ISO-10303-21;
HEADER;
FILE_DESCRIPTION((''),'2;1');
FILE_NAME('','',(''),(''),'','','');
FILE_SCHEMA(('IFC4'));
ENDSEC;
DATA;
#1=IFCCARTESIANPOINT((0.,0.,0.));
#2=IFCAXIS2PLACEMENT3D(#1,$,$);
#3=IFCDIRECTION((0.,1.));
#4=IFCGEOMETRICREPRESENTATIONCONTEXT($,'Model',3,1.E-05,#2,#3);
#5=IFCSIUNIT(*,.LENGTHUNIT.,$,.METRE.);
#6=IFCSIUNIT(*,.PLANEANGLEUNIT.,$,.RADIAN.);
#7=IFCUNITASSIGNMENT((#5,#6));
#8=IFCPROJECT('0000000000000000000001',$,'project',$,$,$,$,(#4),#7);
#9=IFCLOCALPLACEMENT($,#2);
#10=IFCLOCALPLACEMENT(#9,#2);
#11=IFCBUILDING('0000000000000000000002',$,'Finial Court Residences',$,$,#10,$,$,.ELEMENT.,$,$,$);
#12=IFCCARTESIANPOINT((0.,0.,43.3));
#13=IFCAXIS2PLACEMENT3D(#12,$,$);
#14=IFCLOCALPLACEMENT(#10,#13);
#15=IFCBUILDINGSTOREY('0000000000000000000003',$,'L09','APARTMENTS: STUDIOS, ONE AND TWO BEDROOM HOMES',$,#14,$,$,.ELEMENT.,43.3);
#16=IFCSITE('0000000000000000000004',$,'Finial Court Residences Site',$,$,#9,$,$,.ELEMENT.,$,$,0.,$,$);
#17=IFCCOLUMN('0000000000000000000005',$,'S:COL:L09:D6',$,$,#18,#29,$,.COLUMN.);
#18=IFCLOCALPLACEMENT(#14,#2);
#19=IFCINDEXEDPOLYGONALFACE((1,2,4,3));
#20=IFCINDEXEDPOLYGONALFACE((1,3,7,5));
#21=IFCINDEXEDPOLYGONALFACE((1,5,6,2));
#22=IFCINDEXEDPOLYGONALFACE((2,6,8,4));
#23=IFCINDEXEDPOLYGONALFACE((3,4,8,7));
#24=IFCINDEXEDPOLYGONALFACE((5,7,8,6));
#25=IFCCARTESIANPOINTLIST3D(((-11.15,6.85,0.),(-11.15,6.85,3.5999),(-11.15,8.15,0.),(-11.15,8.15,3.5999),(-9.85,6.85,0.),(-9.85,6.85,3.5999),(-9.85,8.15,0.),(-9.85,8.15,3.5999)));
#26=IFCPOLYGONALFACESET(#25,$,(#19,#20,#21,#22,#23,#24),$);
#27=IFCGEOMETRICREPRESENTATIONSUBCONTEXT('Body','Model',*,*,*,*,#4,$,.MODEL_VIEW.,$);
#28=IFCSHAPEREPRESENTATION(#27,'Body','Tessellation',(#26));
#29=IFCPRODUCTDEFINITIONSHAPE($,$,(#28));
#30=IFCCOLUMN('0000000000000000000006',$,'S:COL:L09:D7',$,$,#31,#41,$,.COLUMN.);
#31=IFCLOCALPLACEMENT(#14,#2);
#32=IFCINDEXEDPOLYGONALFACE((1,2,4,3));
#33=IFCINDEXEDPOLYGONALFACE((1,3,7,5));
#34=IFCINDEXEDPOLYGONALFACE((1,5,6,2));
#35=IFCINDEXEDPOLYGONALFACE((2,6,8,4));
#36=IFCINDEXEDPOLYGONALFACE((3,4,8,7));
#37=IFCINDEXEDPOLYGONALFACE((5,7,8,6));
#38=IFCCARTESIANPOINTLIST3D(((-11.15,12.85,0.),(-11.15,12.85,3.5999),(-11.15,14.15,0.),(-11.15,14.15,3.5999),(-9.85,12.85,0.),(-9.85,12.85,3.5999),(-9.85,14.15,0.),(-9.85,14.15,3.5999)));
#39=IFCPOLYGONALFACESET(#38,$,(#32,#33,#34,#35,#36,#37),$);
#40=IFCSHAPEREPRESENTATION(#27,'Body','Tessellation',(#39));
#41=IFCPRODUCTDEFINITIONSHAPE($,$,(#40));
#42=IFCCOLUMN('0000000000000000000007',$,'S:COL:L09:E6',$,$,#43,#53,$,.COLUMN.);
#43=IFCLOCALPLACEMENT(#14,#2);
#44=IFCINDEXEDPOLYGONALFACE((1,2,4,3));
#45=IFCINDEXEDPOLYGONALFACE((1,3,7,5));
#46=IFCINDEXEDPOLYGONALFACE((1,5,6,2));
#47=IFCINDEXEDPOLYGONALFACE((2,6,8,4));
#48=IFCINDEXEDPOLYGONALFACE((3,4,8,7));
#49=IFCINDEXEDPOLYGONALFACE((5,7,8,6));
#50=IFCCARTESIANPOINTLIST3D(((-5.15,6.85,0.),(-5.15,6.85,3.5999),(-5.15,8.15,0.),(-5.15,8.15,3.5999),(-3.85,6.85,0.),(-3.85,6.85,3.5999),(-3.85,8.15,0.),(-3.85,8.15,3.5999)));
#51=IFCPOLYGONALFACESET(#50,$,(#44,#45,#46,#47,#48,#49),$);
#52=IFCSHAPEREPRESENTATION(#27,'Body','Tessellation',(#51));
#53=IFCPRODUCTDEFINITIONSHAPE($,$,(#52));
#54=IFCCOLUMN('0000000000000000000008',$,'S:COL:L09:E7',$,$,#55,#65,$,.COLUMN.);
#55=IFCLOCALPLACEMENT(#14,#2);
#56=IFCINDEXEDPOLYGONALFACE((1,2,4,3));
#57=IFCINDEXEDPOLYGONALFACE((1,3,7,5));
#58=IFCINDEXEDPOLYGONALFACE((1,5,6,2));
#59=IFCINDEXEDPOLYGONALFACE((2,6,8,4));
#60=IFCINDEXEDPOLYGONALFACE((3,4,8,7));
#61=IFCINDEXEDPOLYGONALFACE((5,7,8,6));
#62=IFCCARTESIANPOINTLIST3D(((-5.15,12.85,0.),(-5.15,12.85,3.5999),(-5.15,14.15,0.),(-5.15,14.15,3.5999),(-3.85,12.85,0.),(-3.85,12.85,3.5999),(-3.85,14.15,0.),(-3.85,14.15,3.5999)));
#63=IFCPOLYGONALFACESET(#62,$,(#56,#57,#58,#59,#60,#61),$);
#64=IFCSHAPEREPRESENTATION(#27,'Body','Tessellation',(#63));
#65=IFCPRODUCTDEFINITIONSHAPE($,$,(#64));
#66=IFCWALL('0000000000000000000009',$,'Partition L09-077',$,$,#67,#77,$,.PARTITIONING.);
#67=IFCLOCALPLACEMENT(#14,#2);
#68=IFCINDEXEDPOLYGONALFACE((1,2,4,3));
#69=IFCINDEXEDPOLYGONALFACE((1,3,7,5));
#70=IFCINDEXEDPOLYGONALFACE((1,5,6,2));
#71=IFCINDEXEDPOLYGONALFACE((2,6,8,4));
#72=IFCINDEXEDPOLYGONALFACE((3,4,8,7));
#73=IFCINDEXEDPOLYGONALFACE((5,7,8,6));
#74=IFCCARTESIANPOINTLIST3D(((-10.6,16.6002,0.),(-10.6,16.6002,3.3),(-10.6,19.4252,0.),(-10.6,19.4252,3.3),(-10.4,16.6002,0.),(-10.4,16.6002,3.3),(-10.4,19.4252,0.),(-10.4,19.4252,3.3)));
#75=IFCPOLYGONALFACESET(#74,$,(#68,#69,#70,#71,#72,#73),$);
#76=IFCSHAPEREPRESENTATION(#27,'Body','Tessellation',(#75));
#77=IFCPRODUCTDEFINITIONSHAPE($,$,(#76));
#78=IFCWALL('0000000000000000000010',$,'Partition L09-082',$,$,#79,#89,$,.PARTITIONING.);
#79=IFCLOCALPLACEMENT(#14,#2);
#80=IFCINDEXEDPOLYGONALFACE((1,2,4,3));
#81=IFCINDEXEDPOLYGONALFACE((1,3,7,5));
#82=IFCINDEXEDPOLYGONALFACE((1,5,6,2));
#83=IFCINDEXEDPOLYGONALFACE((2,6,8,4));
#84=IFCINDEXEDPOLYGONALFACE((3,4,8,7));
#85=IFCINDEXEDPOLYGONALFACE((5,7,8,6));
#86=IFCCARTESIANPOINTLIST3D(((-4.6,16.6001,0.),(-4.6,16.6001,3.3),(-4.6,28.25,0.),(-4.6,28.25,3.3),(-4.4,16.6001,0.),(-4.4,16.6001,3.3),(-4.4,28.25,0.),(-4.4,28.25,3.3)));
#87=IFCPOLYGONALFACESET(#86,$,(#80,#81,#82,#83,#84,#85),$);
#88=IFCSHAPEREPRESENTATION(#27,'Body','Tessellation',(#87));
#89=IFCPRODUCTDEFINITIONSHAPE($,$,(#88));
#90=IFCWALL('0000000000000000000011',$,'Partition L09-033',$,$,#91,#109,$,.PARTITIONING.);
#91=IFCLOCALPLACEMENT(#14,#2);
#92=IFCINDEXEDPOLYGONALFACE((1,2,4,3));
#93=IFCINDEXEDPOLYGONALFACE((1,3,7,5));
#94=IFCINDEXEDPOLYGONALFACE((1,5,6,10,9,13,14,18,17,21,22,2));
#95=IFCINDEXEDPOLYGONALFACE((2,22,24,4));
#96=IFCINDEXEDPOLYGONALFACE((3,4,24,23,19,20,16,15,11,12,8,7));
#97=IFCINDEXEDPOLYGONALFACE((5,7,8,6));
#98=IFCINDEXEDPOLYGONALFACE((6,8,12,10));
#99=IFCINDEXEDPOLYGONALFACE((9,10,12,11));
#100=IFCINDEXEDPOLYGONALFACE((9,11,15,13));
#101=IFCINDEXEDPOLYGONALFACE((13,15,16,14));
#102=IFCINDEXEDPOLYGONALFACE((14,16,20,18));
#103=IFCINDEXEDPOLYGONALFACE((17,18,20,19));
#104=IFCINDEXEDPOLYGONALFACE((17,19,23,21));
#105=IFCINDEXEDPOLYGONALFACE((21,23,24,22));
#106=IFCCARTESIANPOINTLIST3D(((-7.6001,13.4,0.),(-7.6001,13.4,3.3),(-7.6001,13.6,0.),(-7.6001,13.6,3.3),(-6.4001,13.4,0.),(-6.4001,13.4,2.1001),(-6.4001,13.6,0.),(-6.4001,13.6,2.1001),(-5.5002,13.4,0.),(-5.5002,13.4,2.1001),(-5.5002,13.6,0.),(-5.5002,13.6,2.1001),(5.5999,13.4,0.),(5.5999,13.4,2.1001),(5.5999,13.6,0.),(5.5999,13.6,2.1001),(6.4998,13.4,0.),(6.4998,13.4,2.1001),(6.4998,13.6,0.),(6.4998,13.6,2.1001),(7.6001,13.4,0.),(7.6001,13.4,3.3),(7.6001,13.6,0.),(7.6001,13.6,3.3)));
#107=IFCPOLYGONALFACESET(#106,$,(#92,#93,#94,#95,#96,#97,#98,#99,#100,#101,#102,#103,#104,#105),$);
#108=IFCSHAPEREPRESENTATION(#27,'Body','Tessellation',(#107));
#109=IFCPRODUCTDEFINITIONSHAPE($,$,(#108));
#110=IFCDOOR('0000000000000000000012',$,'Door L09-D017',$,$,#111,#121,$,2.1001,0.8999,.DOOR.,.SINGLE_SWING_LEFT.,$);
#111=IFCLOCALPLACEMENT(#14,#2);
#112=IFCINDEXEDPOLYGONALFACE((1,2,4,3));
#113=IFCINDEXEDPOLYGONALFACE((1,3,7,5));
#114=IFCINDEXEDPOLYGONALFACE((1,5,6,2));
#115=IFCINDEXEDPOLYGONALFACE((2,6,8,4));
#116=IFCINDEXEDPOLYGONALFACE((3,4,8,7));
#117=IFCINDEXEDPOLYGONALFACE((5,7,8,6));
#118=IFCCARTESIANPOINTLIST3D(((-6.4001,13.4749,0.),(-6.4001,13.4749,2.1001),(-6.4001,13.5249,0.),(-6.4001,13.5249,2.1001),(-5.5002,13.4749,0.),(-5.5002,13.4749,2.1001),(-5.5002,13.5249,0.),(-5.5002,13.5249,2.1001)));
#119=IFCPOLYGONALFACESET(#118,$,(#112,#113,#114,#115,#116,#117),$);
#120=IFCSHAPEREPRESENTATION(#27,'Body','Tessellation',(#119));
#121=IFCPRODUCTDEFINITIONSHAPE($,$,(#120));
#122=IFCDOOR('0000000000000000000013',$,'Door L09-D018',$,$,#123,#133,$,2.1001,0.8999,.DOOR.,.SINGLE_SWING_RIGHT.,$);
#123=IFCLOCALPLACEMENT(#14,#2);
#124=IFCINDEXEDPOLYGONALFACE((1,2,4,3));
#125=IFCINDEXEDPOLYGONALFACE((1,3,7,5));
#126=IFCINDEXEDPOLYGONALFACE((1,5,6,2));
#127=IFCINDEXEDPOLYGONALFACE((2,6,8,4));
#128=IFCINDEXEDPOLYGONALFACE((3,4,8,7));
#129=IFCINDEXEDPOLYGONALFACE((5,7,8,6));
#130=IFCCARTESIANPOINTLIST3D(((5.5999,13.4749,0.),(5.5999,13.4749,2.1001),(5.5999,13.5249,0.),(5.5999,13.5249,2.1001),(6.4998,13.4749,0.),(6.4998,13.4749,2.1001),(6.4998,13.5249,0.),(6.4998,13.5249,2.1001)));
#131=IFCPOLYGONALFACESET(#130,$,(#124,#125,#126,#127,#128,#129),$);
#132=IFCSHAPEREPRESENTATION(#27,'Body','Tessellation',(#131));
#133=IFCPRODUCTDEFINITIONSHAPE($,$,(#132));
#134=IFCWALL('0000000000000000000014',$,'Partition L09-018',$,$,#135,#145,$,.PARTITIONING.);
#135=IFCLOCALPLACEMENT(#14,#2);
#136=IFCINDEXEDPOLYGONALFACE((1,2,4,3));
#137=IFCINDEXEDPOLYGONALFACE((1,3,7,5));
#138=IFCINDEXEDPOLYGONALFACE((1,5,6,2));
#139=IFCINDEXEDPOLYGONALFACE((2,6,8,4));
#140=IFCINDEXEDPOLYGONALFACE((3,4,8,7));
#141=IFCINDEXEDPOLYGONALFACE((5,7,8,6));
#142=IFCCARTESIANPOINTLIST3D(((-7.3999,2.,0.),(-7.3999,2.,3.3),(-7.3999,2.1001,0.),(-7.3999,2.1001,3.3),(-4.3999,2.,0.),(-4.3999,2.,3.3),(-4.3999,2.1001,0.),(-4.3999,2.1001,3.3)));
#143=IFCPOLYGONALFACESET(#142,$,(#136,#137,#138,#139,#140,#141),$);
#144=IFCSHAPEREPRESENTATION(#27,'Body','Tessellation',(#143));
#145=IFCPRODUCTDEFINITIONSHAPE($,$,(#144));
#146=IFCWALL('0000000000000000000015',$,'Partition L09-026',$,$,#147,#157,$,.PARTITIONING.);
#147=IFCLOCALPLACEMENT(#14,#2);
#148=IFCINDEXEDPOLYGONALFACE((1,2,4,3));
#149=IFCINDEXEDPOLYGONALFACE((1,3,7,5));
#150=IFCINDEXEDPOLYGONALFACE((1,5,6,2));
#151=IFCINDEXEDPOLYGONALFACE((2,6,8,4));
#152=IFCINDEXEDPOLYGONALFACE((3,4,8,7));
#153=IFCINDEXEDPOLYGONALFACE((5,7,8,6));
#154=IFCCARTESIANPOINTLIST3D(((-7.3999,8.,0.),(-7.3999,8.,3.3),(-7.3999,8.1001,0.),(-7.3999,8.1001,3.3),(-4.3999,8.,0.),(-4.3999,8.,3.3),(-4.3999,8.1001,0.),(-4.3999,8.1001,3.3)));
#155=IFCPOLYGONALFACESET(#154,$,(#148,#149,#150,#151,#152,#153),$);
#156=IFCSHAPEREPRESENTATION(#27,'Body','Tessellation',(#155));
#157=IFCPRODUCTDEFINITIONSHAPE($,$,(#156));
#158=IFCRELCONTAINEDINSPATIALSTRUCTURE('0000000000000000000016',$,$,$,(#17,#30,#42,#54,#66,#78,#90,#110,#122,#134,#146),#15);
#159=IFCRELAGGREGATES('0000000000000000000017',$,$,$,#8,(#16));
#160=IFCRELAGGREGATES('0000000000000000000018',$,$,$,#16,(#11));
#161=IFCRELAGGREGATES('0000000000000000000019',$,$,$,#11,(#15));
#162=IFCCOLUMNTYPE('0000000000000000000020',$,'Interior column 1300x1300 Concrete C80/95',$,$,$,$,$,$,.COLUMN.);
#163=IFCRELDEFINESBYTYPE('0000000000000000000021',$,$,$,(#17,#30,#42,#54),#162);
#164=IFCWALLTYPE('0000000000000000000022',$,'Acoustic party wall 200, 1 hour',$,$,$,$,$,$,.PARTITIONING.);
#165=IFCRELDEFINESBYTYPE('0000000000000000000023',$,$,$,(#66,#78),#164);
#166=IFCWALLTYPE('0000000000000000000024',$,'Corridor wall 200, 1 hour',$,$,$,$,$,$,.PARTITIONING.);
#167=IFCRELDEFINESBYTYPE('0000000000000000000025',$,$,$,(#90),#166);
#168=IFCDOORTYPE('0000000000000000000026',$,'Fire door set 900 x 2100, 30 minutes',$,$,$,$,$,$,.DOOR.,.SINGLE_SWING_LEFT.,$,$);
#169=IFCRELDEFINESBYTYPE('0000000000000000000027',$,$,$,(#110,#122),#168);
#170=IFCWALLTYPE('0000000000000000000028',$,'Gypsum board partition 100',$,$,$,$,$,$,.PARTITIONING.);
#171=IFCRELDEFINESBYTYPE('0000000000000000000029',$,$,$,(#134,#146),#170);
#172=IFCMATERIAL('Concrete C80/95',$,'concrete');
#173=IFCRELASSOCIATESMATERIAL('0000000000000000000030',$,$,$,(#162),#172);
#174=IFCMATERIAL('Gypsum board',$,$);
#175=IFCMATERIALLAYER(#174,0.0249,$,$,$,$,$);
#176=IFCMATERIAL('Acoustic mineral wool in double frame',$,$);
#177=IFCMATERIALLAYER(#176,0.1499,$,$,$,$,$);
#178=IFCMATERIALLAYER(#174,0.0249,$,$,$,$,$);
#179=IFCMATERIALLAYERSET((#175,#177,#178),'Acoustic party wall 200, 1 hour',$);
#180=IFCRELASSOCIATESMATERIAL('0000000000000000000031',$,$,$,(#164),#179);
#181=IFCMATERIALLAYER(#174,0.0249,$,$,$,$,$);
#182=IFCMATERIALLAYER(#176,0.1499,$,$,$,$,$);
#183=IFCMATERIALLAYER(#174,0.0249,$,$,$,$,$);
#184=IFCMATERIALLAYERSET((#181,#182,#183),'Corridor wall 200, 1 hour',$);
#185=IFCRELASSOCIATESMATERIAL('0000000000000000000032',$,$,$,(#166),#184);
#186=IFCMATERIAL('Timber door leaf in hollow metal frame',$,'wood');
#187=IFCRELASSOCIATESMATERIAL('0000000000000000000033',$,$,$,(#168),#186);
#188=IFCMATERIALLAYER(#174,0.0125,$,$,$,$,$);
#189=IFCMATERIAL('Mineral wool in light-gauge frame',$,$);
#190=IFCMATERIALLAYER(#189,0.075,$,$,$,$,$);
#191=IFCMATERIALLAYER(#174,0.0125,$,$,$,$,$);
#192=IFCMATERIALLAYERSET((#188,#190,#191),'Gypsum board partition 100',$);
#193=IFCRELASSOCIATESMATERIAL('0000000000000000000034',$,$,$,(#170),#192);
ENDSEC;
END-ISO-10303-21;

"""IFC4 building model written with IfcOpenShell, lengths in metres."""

from ifc_helpers import new_model, si_unit, direction, frame, frame_2d, origin, origin_2d, place, context, subcontext, project, spatial, rectangle, extrude, material, layer, layer_set, material_profile, profile_set, type_object, element, fill, save


model = new_model("IFC4")

# Units and contexts
model_context = context("Model", 3, precision=1e-05, world=origin(), true_north=direction((0.0, 1.0)))
body_context = subcontext(model_context, "Body", "Model", "MODEL_VIEW")
ifc_project = project(units=[si_unit("LENGTHUNIT", "METRE"), si_unit("PLANEANGLEUNIT", "RADIAN")], contexts=[model_context])

# Site, building, storey
site_placement = place(None, origin())
site = spatial("IfcSite", under=ifc_project, at=site_placement, Name="Finial Court Residences Site", CompositionType="ELEMENT", RefElevation=0.0)
building_placement = place(site_placement, origin())
building = spatial("IfcBuilding", under=site, at=building_placement, Name="Finial Court Residences", CompositionType="ELEMENT")
storey_placement = place(building_placement, frame((0.0, 0.0, 43.3)))
storey = spatial("IfcBuildingStorey", under=building, at=storey_placement, Name="L09", Description="APARTMENTS: STUDIOS, ONE AND TWO BEDROOM HOMES", CompositionType="ELEMENT", Elevation=43.3)

# Columns
ifc_material_1 = material(Name="Concrete C80/95", Category="concrete")
ifc_material_profile = material_profile(ifc_material_1, rectangle(XDim=1.3, YDim=1.3, at=origin_2d()), Name="1300x1300")
ifc_profile_set = profile_set([ifc_material_profile], Name="Concrete C80/95")
column_type = type_object("IfcColumnType", Name="Interior column 1300x1300 Concrete C80/95", PredefinedType="COLUMN", material=ifc_profile_set)
for number, where, z_axis, x_axis, name in (
    (1, (-10.5, 7.5, 0.0), (0.0, 0.0, 1.0), (1.0, 0.0, 0.0), "S:COL:L09:D6"),
    (2, (-10.5, 13.5, 0.0), (0.0, 0.0, 1.0), (1.0, 0.0, 0.0), "S:COL:L09:D7"),
    (3, (-4.5, 7.5, 0.0), (0.0, 0.0, 1.0), (1.0, 0.0, 0.0), "S:COL:L09:E6"),
    (4, (-4.5, 13.5, 0.0), (0.0, 0.0, 1.0), (1.0, 0.0, 0.0), "S:COL:L09:E7"),
):
    element("IfcColumn", number, at=place(storey_placement, frame(where, z_axis=z_axis, x_axis=x_axis)), inside=storey, type_object=column_type, Name=name, PredefinedType="COLUMN", context=body_context, shape_type="SweptSolid", body=[
        extrude(rectangle(XDim=1.3, YDim=1.3, at=origin_2d()), origin(), (0.0, 0.0, 1.0), 3.5999),
    ])

# Walls
ifc_material_2 = material(Name="Gypsum board")
ifc_layer_1 = layer(ifc_material_2, 0.0249)
ifc_material_3 = material(Name="Acoustic mineral wool in double frame")
ifc_layer_2 = layer(ifc_material_3, 0.1499)
ifc_layer_3 = layer(ifc_material_2, 0.0249)
ifc_layer_set_1 = layer_set([ifc_layer_1, ifc_layer_2, ifc_layer_3], Name="Acoustic party wall 200, 1 hour")
wall_type_1 = type_object("IfcWallType", Name="Acoustic party wall 200, 1 hour", PredefinedType="PARTITIONING", material=ifc_layer_set_1)
wall_1_placement = place(storey_placement, frame((-10.5, 16.6001, 0.0), z_axis=(0.0, 0.0, 1.0), x_axis=(0.0, 1.0, 0.0)))
element("IfcWall", 5, at=wall_1_placement, inside=storey, type_object=wall_type_1, Name="Partition L09-077", PredefinedType="PARTITIONING", context=body_context, shape_type="SweptSolid", body=[
    extrude(rectangle(XDim=2.825, YDim=0.2, at=frame_2d((1.4126, 0.0))), origin(), (0.0, 0.0, 1.0), 3.3),
])
wall_2_placement = place(storey_placement, frame((-4.5, 16.6001, 0.0), z_axis=(0.0, 0.0, 1.0), x_axis=(0.0, 1.0, 0.0)))
element("IfcWall", 6, at=wall_2_placement, inside=storey, type_object=wall_type_1, Name="Partition L09-082", PredefinedType="PARTITIONING", context=body_context, shape_type="SweptSolid", body=[
    extrude(rectangle(XDim=11.6499, YDim=0.2, at=frame_2d((5.825, 0.0))), origin(), (0.0, 0.0, 1.0), 3.3),
])

# Wall, openings, doors
ifc_layer_4 = layer(ifc_material_2, 0.0249)
ifc_layer_5 = layer(ifc_material_3, 0.1499)
ifc_layer_6 = layer(ifc_material_2, 0.0249)
ifc_layer_set_2 = layer_set([ifc_layer_4, ifc_layer_5, ifc_layer_6], Name="Corridor wall 200, 1 hour")
wall_type_2 = type_object("IfcWallType", Name="Corridor wall 200, 1 hour", PredefinedType="PARTITIONING", material=ifc_layer_set_2)
wall_3_placement = place(storey_placement, frame((-7.6001, 13.5, 0.0), z_axis=(0.0, 0.0, 1.0), x_axis=(1.0, 0.0, 0.0)))
wall_3 = element("IfcWall", 7, at=wall_3_placement, inside=storey, type_object=wall_type_2, Name="Partition L09-033", PredefinedType="PARTITIONING", context=body_context, shape_type="SweptSolid", body=[
    extrude(rectangle(XDim=15.2002, YDim=0.2, at=frame_2d((7.6001, 0.0))), origin(), (0.0, 0.0, 1.0), 3.3),
])
opening_1_placement = place(wall_3_placement, frame((1.2, 0.0, 0.0)))
opening_1 = element("IfcOpeningElement", 8, at=opening_1_placement, cuts=wall_3, PredefinedType="OPENING", context=body_context, shape_type="SweptSolid", body=[
    extrude(rectangle(XDim=0.8999, YDim=2.1001, at=frame_2d((0.45, 1.05))), frame((0.0, 0.1099, 0.0), z_axis=(0.0, -1.0, 0.0), x_axis=(1.0, 0.0, 0.0)), (0.0, 0.0, 1.0), 0.22),
])
opening_2_placement = place(wall_3_placement, frame((13.2, 0.0, 0.0)))
opening_2 = element("IfcOpeningElement", 9, at=opening_2_placement, cuts=wall_3, PredefinedType="OPENING", context=body_context, shape_type="SweptSolid", body=[
    extrude(rectangle(XDim=0.8999, YDim=2.1001, at=frame_2d((0.45, 1.05))), frame((0.0, 0.1099, 0.0), z_axis=(0.0, -1.0, 0.0), x_axis=(1.0, 0.0, 0.0)), (0.0, 0.0, 1.0), 0.22),
])
ifc_material_4 = material(Name="Timber door leaf in hollow metal frame", Category="wood")
door_type_1 = type_object("IfcDoorType", Name="Fire door set 900 x 2100, 30 minutes", OperationType="SINGLE_SWING_LEFT", PredefinedType="DOOR", material=ifc_material_4)
door_1_placement = place(opening_1_placement, origin())
door_1 = element("IfcDoor", 10, at=door_1_placement, inside=storey, type_object=door_type_1, Name="Door L09-D017", OperationType="SINGLE_SWING_LEFT", OverallHeight=2.1001, OverallWidth=0.8999, PredefinedType="DOOR", context=body_context, shape_type="SweptSolid", body=[
    extrude(rectangle(XDim=0.8999, YDim=2.1001, at=frame_2d((0.45, 1.05))), frame((0.0, 0.0249, 0.0), z_axis=(0.0, -1.0, 0.0), x_axis=(1.0, 0.0, 0.0)), (0.0, 0.0, 1.0), 0.05),
])
fill(opening_1, door_1)
door_2_placement = place(opening_2_placement, origin())
door_2 = element("IfcDoor", 11, at=door_2_placement, inside=storey, type_object=door_type_1, Name="Door L09-D018", OperationType="SINGLE_SWING_RIGHT", OverallHeight=2.1001, OverallWidth=0.8999, PredefinedType="DOOR", context=body_context, shape_type="SweptSolid", body=[
    extrude(rectangle(XDim=0.8999, YDim=2.1001, at=frame_2d((0.45, 1.05))), frame((0.0, 0.0249, 0.0), z_axis=(0.0, -1.0, 0.0), x_axis=(1.0, 0.0, 0.0)), (0.0, 0.0, 1.0), 0.05),
])
fill(opening_2, door_2)

# Walls
ifc_layer_7 = layer(ifc_material_2, 0.0125)
ifc_material_5 = material(Name="Mineral wool in light-gauge frame")
ifc_layer_8 = layer(ifc_material_5, 0.075)
ifc_layer_9 = layer(ifc_material_2, 0.0125)
ifc_layer_set_3 = layer_set([ifc_layer_7, ifc_layer_8, ifc_layer_9], Name="Gypsum board partition 100")
wall_type_3 = type_object("IfcWallType", Name="Gypsum board partition 100", PredefinedType="PARTITIONING", material=ifc_layer_set_3)
for number, where, z_axis, x_axis, name in (
    (12, (-7.3999, 2.05, 0.0), (0.0, 0.0, 1.0), (1.0, 0.0, 0.0), "Partition L09-018"),
    (13, (-7.3999, 8.05, 0.0), (0.0, 0.0, 1.0), (1.0, 0.0, 0.0), "Partition L09-026"),
):
    element("IfcWall", number, at=place(storey_placement, frame(where, z_axis=z_axis, x_axis=x_axis)), inside=storey, type_object=wall_type_3, Name=name, PredefinedType="PARTITIONING", context=body_context, shape_type="SweptSolid", body=[
        extrude(rectangle(XDim=3.0, YDim=0.1001, at=frame_2d((1.5, 0.0))), origin(), (0.0, 0.0, 1.0), 3.3),
    ])

save(model, "model.ifc")
